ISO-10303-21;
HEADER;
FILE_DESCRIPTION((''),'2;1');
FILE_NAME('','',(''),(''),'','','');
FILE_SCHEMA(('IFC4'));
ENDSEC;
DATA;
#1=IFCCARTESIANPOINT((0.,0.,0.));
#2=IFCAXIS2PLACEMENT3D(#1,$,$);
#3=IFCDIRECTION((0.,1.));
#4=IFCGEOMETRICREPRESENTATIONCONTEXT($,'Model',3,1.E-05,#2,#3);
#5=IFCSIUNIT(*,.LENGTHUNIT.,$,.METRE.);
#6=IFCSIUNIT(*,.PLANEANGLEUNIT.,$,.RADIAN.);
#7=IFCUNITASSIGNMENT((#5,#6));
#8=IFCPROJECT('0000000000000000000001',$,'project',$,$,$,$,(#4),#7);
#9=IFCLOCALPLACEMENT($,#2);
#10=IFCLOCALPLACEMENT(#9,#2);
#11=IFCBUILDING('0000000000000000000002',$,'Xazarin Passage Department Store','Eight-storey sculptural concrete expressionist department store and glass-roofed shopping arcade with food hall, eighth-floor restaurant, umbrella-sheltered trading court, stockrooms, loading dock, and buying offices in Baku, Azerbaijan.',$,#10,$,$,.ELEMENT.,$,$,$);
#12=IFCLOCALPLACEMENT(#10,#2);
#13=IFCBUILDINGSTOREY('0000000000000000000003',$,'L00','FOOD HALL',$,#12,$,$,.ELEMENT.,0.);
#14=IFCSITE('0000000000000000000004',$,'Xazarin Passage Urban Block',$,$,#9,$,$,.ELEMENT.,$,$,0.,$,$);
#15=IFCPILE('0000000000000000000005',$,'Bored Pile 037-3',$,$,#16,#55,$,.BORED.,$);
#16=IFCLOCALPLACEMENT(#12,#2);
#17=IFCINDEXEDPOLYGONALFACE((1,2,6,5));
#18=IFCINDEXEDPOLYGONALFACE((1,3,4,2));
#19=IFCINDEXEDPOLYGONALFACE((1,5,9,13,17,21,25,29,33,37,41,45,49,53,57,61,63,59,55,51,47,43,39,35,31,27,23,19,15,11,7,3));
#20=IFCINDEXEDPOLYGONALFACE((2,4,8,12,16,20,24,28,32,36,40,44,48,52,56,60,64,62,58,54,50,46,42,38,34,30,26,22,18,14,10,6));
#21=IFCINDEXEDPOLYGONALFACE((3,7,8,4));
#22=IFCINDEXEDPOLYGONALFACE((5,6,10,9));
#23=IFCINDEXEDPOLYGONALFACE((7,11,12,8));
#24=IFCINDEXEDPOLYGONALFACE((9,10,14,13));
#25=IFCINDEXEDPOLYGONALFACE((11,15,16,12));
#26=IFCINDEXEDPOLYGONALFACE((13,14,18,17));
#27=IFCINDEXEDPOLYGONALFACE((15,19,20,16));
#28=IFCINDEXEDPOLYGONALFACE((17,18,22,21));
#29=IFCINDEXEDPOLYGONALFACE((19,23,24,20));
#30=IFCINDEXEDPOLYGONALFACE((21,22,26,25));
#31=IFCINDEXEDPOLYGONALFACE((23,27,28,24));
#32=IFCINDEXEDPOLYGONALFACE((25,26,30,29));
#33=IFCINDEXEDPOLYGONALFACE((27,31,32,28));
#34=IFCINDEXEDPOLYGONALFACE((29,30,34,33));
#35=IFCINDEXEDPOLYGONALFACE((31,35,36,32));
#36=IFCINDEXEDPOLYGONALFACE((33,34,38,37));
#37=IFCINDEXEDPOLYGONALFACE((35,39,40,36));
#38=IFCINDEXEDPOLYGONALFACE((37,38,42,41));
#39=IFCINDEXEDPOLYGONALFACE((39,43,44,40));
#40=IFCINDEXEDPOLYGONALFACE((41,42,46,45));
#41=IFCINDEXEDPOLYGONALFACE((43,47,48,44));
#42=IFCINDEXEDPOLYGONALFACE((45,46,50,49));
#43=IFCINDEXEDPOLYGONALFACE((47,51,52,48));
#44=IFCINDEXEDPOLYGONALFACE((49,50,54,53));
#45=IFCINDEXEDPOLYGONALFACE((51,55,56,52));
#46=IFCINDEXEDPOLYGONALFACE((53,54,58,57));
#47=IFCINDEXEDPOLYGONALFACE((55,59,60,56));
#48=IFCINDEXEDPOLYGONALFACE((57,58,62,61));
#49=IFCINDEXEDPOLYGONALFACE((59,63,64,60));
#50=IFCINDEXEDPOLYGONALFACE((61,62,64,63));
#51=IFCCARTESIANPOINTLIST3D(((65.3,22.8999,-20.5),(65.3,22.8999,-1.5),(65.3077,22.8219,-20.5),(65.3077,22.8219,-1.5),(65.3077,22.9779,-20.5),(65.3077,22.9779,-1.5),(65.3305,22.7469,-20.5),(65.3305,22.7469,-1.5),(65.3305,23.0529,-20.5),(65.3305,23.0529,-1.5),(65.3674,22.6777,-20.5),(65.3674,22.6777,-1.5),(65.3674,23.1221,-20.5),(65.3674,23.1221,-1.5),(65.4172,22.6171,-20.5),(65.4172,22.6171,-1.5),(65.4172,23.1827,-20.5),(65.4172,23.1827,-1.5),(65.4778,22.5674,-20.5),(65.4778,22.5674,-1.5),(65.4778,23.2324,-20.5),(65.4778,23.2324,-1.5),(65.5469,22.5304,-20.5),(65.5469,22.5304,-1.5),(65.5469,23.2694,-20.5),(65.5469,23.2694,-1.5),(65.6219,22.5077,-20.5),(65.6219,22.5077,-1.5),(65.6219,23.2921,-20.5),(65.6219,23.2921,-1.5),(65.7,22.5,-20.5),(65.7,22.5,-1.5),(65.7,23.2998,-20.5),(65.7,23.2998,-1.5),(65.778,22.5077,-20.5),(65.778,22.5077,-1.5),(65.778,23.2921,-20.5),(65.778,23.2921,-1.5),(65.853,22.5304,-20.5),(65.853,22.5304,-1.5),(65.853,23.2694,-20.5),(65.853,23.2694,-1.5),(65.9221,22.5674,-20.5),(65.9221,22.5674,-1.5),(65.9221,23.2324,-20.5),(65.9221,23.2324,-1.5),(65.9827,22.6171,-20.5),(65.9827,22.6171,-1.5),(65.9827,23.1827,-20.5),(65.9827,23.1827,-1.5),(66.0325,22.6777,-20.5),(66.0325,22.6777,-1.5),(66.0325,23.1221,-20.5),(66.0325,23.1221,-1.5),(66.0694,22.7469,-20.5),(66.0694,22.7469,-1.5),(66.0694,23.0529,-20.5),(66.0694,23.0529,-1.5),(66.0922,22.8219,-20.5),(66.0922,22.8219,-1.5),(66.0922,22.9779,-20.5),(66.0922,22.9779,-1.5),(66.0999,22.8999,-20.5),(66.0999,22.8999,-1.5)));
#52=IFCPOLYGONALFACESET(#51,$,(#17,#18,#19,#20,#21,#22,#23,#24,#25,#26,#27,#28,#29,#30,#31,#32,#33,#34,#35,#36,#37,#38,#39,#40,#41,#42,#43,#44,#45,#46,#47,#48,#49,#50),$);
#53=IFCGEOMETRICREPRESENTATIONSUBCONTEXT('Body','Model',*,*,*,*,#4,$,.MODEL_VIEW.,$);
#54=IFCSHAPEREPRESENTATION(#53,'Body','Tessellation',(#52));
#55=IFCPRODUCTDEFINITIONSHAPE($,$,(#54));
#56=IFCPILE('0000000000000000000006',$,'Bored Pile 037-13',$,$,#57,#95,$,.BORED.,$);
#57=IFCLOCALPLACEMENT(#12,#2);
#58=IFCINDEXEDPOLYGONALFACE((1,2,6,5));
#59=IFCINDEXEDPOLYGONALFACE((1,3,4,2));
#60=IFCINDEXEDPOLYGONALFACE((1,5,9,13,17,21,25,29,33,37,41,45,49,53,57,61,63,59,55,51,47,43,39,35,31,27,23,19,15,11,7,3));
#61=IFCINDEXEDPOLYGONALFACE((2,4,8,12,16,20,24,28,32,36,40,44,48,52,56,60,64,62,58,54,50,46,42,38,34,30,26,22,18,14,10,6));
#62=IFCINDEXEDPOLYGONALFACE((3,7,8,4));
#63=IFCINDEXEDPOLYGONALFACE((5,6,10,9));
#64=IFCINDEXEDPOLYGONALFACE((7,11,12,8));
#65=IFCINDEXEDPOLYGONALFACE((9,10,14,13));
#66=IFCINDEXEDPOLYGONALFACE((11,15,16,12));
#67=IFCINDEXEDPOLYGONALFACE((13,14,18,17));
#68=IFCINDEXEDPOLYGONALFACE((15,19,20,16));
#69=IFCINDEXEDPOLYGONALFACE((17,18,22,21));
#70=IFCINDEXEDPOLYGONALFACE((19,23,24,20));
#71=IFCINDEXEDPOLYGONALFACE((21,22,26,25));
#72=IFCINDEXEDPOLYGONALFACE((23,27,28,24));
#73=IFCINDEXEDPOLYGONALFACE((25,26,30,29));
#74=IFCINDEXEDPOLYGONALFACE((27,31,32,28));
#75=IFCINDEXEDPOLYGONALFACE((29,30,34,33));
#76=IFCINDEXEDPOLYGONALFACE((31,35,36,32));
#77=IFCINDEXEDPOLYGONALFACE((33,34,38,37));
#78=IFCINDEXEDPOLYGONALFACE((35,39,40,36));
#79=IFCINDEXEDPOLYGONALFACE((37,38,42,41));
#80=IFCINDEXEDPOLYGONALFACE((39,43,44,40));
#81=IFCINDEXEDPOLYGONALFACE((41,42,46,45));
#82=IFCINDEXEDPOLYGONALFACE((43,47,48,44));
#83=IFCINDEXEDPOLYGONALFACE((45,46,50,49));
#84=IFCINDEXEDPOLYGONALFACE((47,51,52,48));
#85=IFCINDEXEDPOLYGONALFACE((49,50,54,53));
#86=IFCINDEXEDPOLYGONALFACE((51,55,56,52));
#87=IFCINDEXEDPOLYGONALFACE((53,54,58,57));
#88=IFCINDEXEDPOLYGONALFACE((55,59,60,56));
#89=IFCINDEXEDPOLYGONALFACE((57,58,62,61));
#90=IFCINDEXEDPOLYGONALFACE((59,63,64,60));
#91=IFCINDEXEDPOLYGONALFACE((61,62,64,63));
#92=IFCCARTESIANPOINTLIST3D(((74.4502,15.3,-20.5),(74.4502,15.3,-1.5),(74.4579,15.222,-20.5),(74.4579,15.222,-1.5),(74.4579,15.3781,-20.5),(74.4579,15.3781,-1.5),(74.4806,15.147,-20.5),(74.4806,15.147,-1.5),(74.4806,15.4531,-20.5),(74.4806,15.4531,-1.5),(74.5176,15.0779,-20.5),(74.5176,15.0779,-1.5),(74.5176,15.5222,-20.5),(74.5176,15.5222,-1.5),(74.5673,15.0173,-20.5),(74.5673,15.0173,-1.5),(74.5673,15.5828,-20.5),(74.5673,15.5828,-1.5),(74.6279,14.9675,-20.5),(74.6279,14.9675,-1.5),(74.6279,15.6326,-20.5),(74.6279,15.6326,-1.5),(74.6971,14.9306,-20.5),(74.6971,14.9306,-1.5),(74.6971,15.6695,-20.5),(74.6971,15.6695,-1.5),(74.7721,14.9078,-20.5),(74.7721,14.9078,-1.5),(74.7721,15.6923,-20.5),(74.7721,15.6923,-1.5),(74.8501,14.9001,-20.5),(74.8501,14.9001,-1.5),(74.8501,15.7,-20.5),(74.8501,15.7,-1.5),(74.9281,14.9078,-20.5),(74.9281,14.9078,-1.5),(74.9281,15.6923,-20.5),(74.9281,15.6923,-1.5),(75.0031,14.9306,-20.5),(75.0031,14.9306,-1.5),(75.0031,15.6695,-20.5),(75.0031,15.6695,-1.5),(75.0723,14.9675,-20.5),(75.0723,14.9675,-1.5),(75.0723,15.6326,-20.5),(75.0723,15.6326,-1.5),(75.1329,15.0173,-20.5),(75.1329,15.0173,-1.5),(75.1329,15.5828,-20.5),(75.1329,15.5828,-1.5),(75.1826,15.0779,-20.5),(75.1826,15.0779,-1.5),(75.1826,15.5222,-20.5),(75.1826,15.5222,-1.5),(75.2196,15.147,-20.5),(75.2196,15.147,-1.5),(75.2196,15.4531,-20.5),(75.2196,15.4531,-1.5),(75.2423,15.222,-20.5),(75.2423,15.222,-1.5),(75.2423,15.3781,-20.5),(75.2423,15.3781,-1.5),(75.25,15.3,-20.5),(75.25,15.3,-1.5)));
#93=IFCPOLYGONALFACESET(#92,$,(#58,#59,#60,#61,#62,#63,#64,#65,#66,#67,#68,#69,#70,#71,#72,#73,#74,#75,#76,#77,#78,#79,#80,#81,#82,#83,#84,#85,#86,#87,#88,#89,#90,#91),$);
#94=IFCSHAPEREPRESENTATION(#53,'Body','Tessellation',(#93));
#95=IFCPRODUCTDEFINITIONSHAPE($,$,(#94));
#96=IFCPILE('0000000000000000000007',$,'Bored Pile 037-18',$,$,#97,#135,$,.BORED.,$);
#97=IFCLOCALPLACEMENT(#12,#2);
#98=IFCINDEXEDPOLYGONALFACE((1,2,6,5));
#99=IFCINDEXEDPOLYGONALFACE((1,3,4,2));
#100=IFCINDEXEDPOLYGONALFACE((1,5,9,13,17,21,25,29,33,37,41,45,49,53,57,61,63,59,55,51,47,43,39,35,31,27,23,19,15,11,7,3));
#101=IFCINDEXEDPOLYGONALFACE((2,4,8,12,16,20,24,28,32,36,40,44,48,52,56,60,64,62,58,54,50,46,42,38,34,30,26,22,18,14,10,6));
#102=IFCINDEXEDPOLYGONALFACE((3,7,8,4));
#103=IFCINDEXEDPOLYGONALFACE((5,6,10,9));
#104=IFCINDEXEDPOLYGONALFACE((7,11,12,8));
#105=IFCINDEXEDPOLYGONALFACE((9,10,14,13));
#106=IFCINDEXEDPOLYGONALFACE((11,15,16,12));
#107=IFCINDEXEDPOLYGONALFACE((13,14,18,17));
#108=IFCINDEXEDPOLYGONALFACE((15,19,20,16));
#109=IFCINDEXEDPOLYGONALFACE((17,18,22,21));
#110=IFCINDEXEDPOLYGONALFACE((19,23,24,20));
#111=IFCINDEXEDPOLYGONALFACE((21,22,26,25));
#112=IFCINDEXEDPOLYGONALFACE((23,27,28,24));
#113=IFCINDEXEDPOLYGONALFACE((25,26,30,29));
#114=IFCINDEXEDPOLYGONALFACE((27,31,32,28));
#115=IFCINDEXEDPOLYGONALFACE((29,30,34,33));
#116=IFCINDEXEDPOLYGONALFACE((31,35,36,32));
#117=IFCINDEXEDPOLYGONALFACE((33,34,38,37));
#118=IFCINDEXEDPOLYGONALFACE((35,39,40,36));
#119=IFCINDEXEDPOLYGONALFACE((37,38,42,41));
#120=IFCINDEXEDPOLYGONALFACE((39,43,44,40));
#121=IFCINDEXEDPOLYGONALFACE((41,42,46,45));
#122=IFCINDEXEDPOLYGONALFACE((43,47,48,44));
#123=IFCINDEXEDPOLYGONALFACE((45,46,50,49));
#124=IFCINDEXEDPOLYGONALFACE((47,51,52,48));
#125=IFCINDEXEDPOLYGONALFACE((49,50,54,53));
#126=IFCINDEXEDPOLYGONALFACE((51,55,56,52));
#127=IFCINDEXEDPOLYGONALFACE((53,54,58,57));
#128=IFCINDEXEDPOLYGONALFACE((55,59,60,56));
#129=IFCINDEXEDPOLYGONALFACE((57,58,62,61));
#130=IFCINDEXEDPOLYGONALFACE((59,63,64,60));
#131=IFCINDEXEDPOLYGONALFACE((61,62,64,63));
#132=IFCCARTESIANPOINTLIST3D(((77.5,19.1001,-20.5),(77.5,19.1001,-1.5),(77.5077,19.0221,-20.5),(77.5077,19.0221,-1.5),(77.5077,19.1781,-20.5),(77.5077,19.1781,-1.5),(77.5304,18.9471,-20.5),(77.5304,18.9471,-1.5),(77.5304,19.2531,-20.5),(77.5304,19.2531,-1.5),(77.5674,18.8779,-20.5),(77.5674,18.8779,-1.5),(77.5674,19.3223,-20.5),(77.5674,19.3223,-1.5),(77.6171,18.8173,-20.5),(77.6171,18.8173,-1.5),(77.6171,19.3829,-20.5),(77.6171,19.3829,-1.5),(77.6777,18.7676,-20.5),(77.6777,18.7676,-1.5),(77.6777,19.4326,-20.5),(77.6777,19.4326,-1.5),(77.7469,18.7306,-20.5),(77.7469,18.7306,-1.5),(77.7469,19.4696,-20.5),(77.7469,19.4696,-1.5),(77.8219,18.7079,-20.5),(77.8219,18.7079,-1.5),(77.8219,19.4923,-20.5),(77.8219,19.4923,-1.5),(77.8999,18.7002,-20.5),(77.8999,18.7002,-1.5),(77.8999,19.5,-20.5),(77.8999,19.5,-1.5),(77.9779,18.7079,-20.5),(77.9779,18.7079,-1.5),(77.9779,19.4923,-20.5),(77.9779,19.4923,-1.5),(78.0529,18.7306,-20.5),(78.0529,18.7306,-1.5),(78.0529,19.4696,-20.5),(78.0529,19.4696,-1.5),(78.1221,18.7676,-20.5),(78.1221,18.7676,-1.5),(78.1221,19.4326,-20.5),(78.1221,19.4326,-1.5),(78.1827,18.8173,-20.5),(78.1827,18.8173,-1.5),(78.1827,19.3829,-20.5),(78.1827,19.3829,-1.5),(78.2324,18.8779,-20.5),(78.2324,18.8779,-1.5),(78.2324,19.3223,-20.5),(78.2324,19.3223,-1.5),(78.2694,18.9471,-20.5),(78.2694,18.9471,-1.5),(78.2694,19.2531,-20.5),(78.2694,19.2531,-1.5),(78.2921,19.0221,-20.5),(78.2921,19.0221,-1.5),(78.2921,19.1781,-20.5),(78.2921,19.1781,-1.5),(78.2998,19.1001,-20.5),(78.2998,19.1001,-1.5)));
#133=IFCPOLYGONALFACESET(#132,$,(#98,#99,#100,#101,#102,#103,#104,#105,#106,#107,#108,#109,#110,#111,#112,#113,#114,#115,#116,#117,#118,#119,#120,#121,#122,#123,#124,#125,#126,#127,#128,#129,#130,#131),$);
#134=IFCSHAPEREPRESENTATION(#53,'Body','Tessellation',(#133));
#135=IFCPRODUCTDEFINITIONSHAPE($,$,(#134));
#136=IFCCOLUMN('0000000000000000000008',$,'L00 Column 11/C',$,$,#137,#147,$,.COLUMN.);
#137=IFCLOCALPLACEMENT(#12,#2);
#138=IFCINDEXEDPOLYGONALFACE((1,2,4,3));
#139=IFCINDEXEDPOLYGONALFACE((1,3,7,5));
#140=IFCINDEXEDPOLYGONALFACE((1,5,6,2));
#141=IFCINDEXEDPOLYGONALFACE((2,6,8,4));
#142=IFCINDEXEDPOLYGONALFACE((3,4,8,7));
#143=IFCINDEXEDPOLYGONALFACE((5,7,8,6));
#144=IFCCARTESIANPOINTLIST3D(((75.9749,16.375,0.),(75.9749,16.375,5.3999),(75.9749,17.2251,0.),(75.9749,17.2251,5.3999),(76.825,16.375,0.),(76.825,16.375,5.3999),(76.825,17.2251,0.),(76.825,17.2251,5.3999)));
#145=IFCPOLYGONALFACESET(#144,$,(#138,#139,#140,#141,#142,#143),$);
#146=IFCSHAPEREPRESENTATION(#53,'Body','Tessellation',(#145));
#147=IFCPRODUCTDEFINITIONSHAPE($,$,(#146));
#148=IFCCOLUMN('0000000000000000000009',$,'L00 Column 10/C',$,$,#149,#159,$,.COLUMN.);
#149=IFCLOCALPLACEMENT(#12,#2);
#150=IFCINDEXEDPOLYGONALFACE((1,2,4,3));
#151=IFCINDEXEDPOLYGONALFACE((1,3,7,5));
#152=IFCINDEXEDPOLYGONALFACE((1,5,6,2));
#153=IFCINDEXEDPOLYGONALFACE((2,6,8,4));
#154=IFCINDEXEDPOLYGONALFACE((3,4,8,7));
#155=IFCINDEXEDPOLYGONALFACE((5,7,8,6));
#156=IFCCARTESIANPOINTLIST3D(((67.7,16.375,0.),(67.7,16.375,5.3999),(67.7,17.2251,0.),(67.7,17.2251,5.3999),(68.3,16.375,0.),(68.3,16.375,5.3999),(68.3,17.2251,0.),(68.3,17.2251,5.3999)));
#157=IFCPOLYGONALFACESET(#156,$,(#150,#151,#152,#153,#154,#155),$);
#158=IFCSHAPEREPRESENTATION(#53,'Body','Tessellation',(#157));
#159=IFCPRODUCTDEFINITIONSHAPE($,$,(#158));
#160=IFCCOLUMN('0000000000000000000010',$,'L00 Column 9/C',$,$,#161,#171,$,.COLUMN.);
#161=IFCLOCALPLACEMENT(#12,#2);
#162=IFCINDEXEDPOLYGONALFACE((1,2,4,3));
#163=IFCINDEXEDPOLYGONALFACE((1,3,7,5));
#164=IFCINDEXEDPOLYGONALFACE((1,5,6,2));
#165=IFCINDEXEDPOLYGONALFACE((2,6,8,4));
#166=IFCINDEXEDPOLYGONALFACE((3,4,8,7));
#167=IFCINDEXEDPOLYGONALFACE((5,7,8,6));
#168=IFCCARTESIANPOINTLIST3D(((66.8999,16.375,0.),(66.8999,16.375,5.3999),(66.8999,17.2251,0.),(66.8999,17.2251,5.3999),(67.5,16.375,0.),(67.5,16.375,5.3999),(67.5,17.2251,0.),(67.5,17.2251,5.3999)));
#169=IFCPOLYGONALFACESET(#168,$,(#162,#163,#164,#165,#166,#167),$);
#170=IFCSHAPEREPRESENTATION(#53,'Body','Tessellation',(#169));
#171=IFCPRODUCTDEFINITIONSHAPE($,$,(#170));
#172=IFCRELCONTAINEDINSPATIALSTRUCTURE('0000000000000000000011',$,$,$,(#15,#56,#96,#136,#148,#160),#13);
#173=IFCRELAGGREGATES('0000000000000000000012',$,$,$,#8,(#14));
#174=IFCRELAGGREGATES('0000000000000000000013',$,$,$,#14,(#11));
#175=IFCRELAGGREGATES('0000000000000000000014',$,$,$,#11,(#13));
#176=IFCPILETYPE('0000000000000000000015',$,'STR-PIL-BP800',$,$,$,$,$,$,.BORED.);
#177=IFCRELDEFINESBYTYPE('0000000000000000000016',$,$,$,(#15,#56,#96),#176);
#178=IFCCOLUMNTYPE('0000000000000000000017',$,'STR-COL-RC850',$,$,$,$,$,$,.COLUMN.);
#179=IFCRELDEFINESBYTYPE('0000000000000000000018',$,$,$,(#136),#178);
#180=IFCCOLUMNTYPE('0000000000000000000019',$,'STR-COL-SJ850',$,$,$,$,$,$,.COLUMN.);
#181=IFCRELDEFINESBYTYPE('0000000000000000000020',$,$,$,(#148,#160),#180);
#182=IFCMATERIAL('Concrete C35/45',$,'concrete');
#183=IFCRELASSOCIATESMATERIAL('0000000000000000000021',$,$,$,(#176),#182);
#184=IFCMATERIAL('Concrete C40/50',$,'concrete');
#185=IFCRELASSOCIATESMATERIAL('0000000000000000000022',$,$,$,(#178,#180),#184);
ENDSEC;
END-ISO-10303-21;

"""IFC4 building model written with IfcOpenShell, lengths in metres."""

from ifc_helpers import new_model, si_unit, direction, frame, origin, origin_2d, place, context, subcontext, project, spatial, rectangle, circle, extrude, material, material_profile, profile_set, type_object, element, save


model = new_model("IFC4")

# Units and contexts
model_context = context("Model", 3, precision=1e-05, world=origin(), true_north=direction((0.0, 1.0)))
body_context = subcontext(model_context, "Body", "Model", "MODEL_VIEW")
ifc_project = project(units=[si_unit("LENGTHUNIT", "METRE"), si_unit("PLANEANGLEUNIT", "RADIAN")], contexts=[model_context])

# Site, building, storey
site_placement = place(None, origin())
site = spatial("IfcSite", under=ifc_project, at=site_placement, Name="Xazarin Passage Urban Block", CompositionType="ELEMENT", RefElevation=0.0)
building_placement = place(site_placement, origin())
building = spatial("IfcBuilding", under=site, at=building_placement, Name="Xazarin Passage Department Store", Description="Eight-storey sculptural concrete expressionist department store and glass-roofed shopping arcade with food hall, eighth-floor restaurant, umbrella-sheltered trading court, stockrooms, loading dock, and buying offices in Baku, Azerbaijan.", CompositionType="ELEMENT")
storey_placement = place(building_placement, origin())
storey = spatial("IfcBuildingStorey", under=building, at=storey_placement, Name="L00", Description="FOOD HALL", CompositionType="ELEMENT", Elevation=0.0)

# Shared definitions
ifc_material_1 = material(Name="Concrete C35/45", Category="concrete")

# Piles
ifc_material_profile_1 = material_profile(ifc_material_1, circle(Radius=0.3999, at=origin_2d()), Name="BP 800")
ifc_profile_set_1 = profile_set([ifc_material_profile_1], Name="Concrete C35/45")
pile_type_1 = type_object("IfcPileType", Name="STR-PIL-BP800", PredefinedType="BORED", material=ifc_profile_set_1)
for number, where, z_axis, x_axis, name in (
    (1, (65.7, 22.8999, -1.5), (0.0, 0.0, -1.0), (1.0, 0.0, 0.0), "Bored Pile 037-3"),
    (2, (74.8501, 15.3, -1.5), (0.0, 0.0, -1.0), (1.0, 0.0, 0.0), "Bored Pile 037-13"),
    (3, (77.8999, 19.1001, -1.5), (0.0, 0.0, -1.0), (1.0, 0.0, 0.0), "Bored Pile 037-18"),
):
    element("IfcPile", number, at=place(storey_placement, frame(where, z_axis=z_axis, x_axis=x_axis)), inside=storey, type_object=pile_type_1, Name=name, PredefinedType="BORED", context=body_context, shape_type="SweptSolid", body=[
        extrude(circle(Radius=0.3999, at=origin_2d()), origin(), (0.0, 0.0, 1.0), 19.0),
    ])

# Columns
ifc_material_2 = material(Name="Concrete C40/50", Category="concrete")
ifc_material_profile_2 = material_profile(ifc_material_2, rectangle(XDim=0.8501, YDim=0.8501, at=origin_2d()), Name="RC 850x850")
ifc_profile_set_2 = profile_set([ifc_material_profile_2], Name="Concrete C40/50")
column_type_1 = type_object("IfcColumnType", Name="STR-COL-RC850", PredefinedType="COLUMN", material=ifc_profile_set_2)
column_placement = place(storey_placement, frame((76.3999, 16.8, 0.0), z_axis=(0.0, 0.0, 1.0), x_axis=(1.0, 0.0, 0.0)))
element("IfcColumn", 4, at=column_placement, inside=storey, type_object=column_type_1, Name="L00 Column 11/C", PredefinedType="COLUMN", context=body_context, shape_type="SweptSolid", body=[
    extrude(rectangle(XDim=0.8501, YDim=0.8501, at=origin_2d()), origin(), (0.0, 0.0, 1.0), 5.3999),
])
ifc_material_profile_3 = material_profile(ifc_material_2, rectangle(XDim=0.6001, YDim=0.8501, at=origin_2d()), Name="RC 600x850")
ifc_profile_set_3 = profile_set([ifc_material_profile_3], Name="Concrete C40/50")
column_type_2 = type_object("IfcColumnType", Name="STR-COL-SJ850", PredefinedType="COLUMN", material=ifc_profile_set_3)
for number, where, z_axis, x_axis, name in (
    (5, (68.0, 16.8, 0.0), (0.0, 0.0, 1.0), (1.0, 0.0, 0.0), "L00 Column 10/C"),
    (6, (67.2, 16.8, 0.0), (0.0, 0.0, 1.0), (1.0, 0.0, 0.0), "L00 Column 9/C"),
):
    element("IfcColumn", number, at=place(storey_placement, frame(where, z_axis=z_axis, x_axis=x_axis)), inside=storey, type_object=column_type_2, Name=name, PredefinedType="COLUMN", context=body_context, shape_type="SweptSolid", body=[
        extrude(rectangle(XDim=0.6001, YDim=0.8501, at=origin_2d()), origin(), (0.0, 0.0, 1.0), 5.3999),
    ])

save(model, "model.ifc")
